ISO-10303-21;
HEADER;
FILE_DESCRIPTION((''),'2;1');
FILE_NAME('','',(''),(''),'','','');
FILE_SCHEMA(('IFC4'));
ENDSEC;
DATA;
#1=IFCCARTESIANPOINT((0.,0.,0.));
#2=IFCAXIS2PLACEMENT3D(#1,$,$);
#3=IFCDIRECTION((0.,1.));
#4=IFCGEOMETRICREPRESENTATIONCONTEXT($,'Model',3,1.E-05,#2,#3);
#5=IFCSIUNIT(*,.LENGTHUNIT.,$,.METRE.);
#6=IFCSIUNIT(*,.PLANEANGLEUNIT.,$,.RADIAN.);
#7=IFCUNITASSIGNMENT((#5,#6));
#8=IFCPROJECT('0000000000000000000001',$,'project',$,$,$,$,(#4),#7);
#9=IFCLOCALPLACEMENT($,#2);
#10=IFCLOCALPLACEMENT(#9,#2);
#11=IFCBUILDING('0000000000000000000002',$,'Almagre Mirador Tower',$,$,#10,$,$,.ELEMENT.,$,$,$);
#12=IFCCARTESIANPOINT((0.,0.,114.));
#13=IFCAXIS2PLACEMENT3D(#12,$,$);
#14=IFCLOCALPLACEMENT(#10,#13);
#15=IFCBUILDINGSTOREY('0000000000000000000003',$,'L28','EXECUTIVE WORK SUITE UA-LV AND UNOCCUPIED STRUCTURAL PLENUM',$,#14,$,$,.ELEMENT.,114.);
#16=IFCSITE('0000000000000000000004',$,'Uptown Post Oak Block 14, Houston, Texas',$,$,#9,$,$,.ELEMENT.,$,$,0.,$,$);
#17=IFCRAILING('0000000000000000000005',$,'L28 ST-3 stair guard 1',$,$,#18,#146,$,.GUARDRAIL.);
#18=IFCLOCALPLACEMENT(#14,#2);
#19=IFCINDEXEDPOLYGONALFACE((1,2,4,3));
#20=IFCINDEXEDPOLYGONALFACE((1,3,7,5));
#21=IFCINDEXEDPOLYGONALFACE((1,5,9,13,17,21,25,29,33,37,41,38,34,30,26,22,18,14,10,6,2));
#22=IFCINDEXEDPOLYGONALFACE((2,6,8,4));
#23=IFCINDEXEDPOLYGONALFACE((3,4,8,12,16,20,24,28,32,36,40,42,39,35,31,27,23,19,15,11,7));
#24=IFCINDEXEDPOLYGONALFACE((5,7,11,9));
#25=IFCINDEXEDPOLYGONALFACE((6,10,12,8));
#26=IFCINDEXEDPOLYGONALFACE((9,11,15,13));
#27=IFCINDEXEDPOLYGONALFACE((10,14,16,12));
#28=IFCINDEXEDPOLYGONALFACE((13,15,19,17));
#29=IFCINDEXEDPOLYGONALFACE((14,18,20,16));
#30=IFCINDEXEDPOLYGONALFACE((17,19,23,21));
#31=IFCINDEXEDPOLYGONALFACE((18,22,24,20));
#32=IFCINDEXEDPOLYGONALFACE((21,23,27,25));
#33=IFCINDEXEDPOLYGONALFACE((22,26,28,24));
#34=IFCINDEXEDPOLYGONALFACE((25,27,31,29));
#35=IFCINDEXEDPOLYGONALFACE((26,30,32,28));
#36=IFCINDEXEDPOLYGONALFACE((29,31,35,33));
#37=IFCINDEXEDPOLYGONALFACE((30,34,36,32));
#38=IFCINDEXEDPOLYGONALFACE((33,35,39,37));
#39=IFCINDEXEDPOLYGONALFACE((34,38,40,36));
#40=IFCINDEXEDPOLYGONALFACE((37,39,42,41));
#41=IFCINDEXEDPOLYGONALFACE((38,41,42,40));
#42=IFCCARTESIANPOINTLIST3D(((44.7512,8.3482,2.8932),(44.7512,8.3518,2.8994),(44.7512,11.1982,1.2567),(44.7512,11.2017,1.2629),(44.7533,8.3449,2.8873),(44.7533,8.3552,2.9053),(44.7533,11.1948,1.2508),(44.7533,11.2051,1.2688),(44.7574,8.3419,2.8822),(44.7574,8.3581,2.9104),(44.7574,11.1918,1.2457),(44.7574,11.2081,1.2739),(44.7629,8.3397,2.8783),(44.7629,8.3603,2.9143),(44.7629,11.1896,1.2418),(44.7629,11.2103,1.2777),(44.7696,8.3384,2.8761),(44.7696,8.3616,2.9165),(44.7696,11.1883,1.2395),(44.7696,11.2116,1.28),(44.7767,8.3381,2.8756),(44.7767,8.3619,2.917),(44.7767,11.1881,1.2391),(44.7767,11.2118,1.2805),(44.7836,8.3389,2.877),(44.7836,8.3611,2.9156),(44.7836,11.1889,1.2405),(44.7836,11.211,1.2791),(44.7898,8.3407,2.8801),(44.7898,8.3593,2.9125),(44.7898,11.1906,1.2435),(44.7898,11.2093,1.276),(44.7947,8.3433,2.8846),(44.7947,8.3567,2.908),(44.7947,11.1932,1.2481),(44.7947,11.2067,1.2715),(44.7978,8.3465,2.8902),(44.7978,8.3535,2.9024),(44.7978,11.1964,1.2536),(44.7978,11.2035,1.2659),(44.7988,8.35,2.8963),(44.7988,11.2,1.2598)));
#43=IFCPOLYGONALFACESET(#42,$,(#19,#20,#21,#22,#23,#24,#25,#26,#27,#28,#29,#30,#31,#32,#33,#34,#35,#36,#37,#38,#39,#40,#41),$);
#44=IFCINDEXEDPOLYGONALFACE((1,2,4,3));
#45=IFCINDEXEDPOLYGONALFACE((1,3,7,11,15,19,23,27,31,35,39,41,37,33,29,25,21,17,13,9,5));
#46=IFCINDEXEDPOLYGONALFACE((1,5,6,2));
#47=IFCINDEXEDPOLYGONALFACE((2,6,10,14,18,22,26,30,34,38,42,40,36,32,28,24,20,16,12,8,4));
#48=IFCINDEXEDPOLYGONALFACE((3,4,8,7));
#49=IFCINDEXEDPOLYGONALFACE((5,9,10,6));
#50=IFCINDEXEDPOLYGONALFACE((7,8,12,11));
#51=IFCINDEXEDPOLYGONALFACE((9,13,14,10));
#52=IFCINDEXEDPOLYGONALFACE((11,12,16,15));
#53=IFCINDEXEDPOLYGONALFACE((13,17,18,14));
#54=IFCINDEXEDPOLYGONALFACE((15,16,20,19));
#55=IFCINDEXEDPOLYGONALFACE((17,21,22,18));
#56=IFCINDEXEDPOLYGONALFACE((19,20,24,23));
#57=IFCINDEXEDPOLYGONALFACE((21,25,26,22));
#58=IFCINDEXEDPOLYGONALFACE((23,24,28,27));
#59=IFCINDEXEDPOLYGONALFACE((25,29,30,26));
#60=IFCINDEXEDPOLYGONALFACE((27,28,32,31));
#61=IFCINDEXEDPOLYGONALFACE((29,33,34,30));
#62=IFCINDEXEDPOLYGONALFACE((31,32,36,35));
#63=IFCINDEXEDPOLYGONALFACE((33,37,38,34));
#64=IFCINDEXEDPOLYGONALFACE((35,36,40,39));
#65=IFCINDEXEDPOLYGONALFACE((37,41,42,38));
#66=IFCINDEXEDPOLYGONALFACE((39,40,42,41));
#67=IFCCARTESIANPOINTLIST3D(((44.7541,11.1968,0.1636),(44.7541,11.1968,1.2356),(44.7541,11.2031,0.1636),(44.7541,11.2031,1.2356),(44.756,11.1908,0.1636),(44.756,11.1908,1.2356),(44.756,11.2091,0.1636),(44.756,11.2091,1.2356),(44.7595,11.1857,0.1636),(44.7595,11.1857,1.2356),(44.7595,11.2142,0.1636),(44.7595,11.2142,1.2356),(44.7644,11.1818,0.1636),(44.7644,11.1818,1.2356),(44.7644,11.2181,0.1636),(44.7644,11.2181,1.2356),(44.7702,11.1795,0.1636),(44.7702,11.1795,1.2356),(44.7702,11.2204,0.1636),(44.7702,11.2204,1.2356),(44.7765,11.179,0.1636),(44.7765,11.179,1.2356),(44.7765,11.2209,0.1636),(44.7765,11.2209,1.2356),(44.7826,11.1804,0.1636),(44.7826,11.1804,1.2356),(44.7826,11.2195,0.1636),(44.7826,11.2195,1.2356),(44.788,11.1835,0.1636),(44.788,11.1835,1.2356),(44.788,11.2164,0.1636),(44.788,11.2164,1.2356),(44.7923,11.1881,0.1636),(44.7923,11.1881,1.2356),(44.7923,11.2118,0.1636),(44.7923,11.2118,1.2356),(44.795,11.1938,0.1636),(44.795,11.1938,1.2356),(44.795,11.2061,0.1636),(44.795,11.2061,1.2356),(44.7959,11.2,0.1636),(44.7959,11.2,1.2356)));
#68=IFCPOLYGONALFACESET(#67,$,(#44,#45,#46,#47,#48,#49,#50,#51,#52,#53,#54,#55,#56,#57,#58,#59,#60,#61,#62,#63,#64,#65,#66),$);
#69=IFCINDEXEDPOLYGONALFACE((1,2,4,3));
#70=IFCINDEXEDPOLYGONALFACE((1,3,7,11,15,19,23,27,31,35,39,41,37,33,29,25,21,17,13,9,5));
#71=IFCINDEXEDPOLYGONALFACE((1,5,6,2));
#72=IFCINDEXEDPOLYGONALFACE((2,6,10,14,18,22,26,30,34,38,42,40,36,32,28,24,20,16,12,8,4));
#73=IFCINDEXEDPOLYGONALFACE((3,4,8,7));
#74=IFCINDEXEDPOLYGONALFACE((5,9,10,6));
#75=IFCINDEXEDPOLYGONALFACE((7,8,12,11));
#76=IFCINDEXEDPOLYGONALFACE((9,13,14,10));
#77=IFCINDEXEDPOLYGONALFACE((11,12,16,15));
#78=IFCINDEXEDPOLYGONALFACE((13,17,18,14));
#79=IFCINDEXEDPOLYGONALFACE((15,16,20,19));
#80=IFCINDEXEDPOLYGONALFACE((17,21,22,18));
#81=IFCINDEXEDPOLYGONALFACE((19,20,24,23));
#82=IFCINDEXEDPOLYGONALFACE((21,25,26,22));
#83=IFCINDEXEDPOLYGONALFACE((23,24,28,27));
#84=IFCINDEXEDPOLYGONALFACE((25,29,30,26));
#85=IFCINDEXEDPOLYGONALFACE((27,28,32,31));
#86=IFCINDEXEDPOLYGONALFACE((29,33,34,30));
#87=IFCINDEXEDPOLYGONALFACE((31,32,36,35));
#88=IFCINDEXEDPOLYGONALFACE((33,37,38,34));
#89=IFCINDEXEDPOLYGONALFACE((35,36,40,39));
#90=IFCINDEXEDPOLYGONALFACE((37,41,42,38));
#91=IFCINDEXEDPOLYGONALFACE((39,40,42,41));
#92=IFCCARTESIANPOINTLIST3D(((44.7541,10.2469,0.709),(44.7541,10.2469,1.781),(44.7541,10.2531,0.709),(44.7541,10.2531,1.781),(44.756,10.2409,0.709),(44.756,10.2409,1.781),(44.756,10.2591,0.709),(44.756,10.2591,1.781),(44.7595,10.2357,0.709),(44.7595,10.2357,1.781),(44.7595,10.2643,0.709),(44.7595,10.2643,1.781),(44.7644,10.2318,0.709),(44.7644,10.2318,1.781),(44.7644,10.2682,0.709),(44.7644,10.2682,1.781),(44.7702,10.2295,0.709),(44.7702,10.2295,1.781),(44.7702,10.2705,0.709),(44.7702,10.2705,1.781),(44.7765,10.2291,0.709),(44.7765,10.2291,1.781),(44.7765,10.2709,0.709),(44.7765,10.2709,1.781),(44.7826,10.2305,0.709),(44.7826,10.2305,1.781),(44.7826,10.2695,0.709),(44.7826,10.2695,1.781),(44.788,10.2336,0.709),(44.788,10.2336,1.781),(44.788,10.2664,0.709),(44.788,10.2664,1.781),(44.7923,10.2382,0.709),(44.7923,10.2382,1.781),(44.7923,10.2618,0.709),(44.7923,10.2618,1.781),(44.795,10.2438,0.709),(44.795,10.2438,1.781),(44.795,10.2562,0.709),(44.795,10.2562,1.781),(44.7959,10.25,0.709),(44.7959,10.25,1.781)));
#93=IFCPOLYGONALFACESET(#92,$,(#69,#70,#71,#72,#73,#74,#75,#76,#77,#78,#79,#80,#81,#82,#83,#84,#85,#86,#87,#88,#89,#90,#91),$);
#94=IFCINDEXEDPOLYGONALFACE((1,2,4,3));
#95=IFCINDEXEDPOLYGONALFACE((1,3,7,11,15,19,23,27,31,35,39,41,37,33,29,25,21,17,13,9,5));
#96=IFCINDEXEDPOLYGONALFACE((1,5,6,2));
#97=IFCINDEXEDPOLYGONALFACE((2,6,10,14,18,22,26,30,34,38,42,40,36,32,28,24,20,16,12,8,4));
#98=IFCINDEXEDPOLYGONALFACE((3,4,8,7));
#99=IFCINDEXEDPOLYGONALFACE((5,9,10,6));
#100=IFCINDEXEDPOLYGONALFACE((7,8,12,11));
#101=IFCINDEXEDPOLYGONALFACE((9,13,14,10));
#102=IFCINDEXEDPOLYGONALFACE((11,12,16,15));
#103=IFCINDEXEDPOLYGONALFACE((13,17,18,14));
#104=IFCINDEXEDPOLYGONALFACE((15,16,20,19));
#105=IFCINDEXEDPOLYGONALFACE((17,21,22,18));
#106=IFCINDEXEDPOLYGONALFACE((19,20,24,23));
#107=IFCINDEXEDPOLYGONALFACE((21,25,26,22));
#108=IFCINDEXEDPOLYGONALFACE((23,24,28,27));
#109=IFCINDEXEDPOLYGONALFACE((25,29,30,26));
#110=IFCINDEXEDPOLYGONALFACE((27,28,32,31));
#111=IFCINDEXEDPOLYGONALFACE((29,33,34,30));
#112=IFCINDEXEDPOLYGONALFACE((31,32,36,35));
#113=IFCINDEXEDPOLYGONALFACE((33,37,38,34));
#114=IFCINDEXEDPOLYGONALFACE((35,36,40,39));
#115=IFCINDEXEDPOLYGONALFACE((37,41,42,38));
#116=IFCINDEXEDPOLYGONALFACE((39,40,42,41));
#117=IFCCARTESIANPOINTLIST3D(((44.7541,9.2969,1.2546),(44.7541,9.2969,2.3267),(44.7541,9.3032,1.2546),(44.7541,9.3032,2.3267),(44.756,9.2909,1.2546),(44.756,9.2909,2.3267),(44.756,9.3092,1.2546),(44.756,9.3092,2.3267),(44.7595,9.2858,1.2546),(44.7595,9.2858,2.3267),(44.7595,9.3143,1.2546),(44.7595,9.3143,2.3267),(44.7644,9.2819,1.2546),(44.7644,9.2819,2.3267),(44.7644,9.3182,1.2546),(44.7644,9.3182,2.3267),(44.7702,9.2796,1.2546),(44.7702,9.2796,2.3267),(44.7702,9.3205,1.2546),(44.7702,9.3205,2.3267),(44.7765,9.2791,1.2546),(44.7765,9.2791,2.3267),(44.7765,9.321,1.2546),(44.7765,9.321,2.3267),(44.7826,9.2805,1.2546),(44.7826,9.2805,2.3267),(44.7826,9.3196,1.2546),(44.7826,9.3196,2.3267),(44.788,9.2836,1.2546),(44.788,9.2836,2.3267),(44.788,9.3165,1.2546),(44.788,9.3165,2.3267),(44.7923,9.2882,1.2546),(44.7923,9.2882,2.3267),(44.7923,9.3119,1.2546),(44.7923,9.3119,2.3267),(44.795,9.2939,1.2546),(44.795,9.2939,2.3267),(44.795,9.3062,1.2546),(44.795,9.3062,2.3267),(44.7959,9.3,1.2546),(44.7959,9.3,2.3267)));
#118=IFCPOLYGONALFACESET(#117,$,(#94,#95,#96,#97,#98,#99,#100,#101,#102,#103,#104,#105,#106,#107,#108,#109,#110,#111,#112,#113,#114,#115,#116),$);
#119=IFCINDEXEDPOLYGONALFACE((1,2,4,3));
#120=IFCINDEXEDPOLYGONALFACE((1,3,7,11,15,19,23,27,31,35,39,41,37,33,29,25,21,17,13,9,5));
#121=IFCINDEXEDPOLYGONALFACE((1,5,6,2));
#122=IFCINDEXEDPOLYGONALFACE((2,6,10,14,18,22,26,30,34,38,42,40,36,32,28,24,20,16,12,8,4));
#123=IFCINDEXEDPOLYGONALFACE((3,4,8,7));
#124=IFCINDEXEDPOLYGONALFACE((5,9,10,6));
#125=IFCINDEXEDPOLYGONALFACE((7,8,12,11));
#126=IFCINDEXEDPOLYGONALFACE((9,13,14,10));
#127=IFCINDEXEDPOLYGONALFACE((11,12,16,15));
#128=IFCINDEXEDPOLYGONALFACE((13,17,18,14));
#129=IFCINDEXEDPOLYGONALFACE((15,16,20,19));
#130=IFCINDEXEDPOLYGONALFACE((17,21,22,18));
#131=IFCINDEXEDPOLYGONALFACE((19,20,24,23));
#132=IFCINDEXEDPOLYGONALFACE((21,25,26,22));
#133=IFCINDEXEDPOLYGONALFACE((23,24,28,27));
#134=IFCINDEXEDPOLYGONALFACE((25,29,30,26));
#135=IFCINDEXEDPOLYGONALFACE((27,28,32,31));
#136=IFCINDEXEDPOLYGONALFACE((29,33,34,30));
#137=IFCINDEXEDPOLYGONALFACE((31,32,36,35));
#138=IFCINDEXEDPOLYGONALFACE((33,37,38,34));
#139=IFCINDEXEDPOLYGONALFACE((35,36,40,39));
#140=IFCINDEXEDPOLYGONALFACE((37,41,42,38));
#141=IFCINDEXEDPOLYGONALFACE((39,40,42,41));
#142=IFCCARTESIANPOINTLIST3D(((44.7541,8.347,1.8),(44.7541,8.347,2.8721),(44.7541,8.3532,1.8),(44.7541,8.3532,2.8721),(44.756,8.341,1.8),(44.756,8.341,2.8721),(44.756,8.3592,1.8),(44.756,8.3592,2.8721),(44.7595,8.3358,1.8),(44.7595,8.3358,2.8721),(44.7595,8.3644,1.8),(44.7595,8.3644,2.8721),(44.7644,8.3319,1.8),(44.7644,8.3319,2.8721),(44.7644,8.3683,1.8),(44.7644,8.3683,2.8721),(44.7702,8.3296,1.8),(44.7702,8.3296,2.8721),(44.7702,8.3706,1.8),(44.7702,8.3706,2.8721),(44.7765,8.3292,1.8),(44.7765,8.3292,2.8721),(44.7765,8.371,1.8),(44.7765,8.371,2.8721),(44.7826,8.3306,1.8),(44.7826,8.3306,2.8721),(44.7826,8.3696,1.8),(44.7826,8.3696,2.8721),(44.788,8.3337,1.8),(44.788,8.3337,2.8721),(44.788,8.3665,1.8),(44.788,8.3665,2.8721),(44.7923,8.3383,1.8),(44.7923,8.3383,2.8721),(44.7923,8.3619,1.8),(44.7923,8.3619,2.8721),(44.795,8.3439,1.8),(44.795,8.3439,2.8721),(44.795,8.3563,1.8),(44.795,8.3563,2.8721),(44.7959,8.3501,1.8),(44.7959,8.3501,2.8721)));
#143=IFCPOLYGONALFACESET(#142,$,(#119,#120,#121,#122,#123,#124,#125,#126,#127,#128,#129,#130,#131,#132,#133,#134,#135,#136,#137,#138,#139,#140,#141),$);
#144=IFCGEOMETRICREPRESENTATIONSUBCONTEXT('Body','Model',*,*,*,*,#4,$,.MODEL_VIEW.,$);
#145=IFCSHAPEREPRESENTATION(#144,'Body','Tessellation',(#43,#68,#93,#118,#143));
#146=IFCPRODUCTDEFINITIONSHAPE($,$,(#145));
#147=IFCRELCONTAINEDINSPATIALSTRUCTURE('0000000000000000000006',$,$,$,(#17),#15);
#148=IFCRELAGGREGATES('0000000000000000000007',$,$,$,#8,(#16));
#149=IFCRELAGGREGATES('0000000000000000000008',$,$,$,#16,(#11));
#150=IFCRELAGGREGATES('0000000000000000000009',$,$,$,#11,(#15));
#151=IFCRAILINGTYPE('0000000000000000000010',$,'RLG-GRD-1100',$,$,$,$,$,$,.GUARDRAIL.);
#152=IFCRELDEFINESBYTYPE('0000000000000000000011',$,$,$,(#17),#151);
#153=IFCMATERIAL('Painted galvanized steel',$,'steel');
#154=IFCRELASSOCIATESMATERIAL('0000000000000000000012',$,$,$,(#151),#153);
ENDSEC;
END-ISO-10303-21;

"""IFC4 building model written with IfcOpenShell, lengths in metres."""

from ifc_helpers import new_model, si_unit, direction, frame, origin, origin_2d, place, context, subcontext, project, spatial, circle, extrude, material, type_object, element, save


model = new_model("IFC4")

# Units and contexts
model_context = context("Model", 3, precision=1e-05, world=origin(), true_north=direction((0.0, 1.0)))
body_context = subcontext(model_context, "Body", "Model", "MODEL_VIEW")
ifc_project = project(units=[si_unit("LENGTHUNIT", "METRE"), si_unit("PLANEANGLEUNIT", "RADIAN")], contexts=[model_context])

# Site, building, storey
site_placement = place(None, origin())
site = spatial("IfcSite", under=ifc_project, at=site_placement, Name="Uptown Post Oak Block 14, Houston, Texas", CompositionType="ELEMENT", RefElevation=0.0)
building_placement = place(site_placement, origin())
building = spatial("IfcBuilding", under=site, at=building_placement, Name="Almagre Mirador Tower", CompositionType="ELEMENT")
storey_placement = place(building_placement, frame((0.0, 0.0, 114.0)))
storey = spatial("IfcBuildingStorey", under=building, at=storey_placement, Name="L28", Description="EXECUTIVE WORK SUITE UA-LV AND UNOCCUPIED STRUCTURAL PLENUM", CompositionType="ELEMENT", Elevation=114.0)

# Railing
ifc_material_1 = material(Name="Painted galvanized steel", Category="steel")
railing_type_1 = type_object("IfcRailingType", Name="RLG-GRD-1100", PredefinedType="GUARDRAIL", material=ifc_material_1)
railing_1_placement = place(storey_placement, frame((44.7749, 11.2, 0.1636)))
element("IfcRailing", 1, at=railing_1_placement, inside=storey, type_object=railing_type_1, Name="L28 ST-3 stair guard 1", PredefinedType="GUARDRAIL", context=body_context, shape_type="SweptSolid", body=[
    extrude(circle(Radius=0.0239, at=origin_2d()), frame((0.0, 0.0, 1.0962), z_axis=(0.0, -0.867194, 0.49797), x_axis=(1.0, 0.0, 0.0)), (0.0, 0.0, 1.0), 3.2864),
    extrude(circle(Radius=0.021, at=origin_2d()), origin(), (0.0, 0.0, 1.0), 1.072),
    extrude(circle(Radius=0.021, at=origin_2d()), frame((0.0, -0.95, 0.5454)), (0.0, 0.0, 1.0), 1.072),
    extrude(circle(Radius=0.021, at=origin_2d()), frame((0.0, -1.8999, 1.0911)), (0.0, 0.0, 1.0), 1.072),
    extrude(circle(Radius=0.021, at=origin_2d()), frame((0.0, -2.8499, 1.6365)), (0.0, 0.0, 1.0), 1.072),
])

save(model, "model.ifc")
